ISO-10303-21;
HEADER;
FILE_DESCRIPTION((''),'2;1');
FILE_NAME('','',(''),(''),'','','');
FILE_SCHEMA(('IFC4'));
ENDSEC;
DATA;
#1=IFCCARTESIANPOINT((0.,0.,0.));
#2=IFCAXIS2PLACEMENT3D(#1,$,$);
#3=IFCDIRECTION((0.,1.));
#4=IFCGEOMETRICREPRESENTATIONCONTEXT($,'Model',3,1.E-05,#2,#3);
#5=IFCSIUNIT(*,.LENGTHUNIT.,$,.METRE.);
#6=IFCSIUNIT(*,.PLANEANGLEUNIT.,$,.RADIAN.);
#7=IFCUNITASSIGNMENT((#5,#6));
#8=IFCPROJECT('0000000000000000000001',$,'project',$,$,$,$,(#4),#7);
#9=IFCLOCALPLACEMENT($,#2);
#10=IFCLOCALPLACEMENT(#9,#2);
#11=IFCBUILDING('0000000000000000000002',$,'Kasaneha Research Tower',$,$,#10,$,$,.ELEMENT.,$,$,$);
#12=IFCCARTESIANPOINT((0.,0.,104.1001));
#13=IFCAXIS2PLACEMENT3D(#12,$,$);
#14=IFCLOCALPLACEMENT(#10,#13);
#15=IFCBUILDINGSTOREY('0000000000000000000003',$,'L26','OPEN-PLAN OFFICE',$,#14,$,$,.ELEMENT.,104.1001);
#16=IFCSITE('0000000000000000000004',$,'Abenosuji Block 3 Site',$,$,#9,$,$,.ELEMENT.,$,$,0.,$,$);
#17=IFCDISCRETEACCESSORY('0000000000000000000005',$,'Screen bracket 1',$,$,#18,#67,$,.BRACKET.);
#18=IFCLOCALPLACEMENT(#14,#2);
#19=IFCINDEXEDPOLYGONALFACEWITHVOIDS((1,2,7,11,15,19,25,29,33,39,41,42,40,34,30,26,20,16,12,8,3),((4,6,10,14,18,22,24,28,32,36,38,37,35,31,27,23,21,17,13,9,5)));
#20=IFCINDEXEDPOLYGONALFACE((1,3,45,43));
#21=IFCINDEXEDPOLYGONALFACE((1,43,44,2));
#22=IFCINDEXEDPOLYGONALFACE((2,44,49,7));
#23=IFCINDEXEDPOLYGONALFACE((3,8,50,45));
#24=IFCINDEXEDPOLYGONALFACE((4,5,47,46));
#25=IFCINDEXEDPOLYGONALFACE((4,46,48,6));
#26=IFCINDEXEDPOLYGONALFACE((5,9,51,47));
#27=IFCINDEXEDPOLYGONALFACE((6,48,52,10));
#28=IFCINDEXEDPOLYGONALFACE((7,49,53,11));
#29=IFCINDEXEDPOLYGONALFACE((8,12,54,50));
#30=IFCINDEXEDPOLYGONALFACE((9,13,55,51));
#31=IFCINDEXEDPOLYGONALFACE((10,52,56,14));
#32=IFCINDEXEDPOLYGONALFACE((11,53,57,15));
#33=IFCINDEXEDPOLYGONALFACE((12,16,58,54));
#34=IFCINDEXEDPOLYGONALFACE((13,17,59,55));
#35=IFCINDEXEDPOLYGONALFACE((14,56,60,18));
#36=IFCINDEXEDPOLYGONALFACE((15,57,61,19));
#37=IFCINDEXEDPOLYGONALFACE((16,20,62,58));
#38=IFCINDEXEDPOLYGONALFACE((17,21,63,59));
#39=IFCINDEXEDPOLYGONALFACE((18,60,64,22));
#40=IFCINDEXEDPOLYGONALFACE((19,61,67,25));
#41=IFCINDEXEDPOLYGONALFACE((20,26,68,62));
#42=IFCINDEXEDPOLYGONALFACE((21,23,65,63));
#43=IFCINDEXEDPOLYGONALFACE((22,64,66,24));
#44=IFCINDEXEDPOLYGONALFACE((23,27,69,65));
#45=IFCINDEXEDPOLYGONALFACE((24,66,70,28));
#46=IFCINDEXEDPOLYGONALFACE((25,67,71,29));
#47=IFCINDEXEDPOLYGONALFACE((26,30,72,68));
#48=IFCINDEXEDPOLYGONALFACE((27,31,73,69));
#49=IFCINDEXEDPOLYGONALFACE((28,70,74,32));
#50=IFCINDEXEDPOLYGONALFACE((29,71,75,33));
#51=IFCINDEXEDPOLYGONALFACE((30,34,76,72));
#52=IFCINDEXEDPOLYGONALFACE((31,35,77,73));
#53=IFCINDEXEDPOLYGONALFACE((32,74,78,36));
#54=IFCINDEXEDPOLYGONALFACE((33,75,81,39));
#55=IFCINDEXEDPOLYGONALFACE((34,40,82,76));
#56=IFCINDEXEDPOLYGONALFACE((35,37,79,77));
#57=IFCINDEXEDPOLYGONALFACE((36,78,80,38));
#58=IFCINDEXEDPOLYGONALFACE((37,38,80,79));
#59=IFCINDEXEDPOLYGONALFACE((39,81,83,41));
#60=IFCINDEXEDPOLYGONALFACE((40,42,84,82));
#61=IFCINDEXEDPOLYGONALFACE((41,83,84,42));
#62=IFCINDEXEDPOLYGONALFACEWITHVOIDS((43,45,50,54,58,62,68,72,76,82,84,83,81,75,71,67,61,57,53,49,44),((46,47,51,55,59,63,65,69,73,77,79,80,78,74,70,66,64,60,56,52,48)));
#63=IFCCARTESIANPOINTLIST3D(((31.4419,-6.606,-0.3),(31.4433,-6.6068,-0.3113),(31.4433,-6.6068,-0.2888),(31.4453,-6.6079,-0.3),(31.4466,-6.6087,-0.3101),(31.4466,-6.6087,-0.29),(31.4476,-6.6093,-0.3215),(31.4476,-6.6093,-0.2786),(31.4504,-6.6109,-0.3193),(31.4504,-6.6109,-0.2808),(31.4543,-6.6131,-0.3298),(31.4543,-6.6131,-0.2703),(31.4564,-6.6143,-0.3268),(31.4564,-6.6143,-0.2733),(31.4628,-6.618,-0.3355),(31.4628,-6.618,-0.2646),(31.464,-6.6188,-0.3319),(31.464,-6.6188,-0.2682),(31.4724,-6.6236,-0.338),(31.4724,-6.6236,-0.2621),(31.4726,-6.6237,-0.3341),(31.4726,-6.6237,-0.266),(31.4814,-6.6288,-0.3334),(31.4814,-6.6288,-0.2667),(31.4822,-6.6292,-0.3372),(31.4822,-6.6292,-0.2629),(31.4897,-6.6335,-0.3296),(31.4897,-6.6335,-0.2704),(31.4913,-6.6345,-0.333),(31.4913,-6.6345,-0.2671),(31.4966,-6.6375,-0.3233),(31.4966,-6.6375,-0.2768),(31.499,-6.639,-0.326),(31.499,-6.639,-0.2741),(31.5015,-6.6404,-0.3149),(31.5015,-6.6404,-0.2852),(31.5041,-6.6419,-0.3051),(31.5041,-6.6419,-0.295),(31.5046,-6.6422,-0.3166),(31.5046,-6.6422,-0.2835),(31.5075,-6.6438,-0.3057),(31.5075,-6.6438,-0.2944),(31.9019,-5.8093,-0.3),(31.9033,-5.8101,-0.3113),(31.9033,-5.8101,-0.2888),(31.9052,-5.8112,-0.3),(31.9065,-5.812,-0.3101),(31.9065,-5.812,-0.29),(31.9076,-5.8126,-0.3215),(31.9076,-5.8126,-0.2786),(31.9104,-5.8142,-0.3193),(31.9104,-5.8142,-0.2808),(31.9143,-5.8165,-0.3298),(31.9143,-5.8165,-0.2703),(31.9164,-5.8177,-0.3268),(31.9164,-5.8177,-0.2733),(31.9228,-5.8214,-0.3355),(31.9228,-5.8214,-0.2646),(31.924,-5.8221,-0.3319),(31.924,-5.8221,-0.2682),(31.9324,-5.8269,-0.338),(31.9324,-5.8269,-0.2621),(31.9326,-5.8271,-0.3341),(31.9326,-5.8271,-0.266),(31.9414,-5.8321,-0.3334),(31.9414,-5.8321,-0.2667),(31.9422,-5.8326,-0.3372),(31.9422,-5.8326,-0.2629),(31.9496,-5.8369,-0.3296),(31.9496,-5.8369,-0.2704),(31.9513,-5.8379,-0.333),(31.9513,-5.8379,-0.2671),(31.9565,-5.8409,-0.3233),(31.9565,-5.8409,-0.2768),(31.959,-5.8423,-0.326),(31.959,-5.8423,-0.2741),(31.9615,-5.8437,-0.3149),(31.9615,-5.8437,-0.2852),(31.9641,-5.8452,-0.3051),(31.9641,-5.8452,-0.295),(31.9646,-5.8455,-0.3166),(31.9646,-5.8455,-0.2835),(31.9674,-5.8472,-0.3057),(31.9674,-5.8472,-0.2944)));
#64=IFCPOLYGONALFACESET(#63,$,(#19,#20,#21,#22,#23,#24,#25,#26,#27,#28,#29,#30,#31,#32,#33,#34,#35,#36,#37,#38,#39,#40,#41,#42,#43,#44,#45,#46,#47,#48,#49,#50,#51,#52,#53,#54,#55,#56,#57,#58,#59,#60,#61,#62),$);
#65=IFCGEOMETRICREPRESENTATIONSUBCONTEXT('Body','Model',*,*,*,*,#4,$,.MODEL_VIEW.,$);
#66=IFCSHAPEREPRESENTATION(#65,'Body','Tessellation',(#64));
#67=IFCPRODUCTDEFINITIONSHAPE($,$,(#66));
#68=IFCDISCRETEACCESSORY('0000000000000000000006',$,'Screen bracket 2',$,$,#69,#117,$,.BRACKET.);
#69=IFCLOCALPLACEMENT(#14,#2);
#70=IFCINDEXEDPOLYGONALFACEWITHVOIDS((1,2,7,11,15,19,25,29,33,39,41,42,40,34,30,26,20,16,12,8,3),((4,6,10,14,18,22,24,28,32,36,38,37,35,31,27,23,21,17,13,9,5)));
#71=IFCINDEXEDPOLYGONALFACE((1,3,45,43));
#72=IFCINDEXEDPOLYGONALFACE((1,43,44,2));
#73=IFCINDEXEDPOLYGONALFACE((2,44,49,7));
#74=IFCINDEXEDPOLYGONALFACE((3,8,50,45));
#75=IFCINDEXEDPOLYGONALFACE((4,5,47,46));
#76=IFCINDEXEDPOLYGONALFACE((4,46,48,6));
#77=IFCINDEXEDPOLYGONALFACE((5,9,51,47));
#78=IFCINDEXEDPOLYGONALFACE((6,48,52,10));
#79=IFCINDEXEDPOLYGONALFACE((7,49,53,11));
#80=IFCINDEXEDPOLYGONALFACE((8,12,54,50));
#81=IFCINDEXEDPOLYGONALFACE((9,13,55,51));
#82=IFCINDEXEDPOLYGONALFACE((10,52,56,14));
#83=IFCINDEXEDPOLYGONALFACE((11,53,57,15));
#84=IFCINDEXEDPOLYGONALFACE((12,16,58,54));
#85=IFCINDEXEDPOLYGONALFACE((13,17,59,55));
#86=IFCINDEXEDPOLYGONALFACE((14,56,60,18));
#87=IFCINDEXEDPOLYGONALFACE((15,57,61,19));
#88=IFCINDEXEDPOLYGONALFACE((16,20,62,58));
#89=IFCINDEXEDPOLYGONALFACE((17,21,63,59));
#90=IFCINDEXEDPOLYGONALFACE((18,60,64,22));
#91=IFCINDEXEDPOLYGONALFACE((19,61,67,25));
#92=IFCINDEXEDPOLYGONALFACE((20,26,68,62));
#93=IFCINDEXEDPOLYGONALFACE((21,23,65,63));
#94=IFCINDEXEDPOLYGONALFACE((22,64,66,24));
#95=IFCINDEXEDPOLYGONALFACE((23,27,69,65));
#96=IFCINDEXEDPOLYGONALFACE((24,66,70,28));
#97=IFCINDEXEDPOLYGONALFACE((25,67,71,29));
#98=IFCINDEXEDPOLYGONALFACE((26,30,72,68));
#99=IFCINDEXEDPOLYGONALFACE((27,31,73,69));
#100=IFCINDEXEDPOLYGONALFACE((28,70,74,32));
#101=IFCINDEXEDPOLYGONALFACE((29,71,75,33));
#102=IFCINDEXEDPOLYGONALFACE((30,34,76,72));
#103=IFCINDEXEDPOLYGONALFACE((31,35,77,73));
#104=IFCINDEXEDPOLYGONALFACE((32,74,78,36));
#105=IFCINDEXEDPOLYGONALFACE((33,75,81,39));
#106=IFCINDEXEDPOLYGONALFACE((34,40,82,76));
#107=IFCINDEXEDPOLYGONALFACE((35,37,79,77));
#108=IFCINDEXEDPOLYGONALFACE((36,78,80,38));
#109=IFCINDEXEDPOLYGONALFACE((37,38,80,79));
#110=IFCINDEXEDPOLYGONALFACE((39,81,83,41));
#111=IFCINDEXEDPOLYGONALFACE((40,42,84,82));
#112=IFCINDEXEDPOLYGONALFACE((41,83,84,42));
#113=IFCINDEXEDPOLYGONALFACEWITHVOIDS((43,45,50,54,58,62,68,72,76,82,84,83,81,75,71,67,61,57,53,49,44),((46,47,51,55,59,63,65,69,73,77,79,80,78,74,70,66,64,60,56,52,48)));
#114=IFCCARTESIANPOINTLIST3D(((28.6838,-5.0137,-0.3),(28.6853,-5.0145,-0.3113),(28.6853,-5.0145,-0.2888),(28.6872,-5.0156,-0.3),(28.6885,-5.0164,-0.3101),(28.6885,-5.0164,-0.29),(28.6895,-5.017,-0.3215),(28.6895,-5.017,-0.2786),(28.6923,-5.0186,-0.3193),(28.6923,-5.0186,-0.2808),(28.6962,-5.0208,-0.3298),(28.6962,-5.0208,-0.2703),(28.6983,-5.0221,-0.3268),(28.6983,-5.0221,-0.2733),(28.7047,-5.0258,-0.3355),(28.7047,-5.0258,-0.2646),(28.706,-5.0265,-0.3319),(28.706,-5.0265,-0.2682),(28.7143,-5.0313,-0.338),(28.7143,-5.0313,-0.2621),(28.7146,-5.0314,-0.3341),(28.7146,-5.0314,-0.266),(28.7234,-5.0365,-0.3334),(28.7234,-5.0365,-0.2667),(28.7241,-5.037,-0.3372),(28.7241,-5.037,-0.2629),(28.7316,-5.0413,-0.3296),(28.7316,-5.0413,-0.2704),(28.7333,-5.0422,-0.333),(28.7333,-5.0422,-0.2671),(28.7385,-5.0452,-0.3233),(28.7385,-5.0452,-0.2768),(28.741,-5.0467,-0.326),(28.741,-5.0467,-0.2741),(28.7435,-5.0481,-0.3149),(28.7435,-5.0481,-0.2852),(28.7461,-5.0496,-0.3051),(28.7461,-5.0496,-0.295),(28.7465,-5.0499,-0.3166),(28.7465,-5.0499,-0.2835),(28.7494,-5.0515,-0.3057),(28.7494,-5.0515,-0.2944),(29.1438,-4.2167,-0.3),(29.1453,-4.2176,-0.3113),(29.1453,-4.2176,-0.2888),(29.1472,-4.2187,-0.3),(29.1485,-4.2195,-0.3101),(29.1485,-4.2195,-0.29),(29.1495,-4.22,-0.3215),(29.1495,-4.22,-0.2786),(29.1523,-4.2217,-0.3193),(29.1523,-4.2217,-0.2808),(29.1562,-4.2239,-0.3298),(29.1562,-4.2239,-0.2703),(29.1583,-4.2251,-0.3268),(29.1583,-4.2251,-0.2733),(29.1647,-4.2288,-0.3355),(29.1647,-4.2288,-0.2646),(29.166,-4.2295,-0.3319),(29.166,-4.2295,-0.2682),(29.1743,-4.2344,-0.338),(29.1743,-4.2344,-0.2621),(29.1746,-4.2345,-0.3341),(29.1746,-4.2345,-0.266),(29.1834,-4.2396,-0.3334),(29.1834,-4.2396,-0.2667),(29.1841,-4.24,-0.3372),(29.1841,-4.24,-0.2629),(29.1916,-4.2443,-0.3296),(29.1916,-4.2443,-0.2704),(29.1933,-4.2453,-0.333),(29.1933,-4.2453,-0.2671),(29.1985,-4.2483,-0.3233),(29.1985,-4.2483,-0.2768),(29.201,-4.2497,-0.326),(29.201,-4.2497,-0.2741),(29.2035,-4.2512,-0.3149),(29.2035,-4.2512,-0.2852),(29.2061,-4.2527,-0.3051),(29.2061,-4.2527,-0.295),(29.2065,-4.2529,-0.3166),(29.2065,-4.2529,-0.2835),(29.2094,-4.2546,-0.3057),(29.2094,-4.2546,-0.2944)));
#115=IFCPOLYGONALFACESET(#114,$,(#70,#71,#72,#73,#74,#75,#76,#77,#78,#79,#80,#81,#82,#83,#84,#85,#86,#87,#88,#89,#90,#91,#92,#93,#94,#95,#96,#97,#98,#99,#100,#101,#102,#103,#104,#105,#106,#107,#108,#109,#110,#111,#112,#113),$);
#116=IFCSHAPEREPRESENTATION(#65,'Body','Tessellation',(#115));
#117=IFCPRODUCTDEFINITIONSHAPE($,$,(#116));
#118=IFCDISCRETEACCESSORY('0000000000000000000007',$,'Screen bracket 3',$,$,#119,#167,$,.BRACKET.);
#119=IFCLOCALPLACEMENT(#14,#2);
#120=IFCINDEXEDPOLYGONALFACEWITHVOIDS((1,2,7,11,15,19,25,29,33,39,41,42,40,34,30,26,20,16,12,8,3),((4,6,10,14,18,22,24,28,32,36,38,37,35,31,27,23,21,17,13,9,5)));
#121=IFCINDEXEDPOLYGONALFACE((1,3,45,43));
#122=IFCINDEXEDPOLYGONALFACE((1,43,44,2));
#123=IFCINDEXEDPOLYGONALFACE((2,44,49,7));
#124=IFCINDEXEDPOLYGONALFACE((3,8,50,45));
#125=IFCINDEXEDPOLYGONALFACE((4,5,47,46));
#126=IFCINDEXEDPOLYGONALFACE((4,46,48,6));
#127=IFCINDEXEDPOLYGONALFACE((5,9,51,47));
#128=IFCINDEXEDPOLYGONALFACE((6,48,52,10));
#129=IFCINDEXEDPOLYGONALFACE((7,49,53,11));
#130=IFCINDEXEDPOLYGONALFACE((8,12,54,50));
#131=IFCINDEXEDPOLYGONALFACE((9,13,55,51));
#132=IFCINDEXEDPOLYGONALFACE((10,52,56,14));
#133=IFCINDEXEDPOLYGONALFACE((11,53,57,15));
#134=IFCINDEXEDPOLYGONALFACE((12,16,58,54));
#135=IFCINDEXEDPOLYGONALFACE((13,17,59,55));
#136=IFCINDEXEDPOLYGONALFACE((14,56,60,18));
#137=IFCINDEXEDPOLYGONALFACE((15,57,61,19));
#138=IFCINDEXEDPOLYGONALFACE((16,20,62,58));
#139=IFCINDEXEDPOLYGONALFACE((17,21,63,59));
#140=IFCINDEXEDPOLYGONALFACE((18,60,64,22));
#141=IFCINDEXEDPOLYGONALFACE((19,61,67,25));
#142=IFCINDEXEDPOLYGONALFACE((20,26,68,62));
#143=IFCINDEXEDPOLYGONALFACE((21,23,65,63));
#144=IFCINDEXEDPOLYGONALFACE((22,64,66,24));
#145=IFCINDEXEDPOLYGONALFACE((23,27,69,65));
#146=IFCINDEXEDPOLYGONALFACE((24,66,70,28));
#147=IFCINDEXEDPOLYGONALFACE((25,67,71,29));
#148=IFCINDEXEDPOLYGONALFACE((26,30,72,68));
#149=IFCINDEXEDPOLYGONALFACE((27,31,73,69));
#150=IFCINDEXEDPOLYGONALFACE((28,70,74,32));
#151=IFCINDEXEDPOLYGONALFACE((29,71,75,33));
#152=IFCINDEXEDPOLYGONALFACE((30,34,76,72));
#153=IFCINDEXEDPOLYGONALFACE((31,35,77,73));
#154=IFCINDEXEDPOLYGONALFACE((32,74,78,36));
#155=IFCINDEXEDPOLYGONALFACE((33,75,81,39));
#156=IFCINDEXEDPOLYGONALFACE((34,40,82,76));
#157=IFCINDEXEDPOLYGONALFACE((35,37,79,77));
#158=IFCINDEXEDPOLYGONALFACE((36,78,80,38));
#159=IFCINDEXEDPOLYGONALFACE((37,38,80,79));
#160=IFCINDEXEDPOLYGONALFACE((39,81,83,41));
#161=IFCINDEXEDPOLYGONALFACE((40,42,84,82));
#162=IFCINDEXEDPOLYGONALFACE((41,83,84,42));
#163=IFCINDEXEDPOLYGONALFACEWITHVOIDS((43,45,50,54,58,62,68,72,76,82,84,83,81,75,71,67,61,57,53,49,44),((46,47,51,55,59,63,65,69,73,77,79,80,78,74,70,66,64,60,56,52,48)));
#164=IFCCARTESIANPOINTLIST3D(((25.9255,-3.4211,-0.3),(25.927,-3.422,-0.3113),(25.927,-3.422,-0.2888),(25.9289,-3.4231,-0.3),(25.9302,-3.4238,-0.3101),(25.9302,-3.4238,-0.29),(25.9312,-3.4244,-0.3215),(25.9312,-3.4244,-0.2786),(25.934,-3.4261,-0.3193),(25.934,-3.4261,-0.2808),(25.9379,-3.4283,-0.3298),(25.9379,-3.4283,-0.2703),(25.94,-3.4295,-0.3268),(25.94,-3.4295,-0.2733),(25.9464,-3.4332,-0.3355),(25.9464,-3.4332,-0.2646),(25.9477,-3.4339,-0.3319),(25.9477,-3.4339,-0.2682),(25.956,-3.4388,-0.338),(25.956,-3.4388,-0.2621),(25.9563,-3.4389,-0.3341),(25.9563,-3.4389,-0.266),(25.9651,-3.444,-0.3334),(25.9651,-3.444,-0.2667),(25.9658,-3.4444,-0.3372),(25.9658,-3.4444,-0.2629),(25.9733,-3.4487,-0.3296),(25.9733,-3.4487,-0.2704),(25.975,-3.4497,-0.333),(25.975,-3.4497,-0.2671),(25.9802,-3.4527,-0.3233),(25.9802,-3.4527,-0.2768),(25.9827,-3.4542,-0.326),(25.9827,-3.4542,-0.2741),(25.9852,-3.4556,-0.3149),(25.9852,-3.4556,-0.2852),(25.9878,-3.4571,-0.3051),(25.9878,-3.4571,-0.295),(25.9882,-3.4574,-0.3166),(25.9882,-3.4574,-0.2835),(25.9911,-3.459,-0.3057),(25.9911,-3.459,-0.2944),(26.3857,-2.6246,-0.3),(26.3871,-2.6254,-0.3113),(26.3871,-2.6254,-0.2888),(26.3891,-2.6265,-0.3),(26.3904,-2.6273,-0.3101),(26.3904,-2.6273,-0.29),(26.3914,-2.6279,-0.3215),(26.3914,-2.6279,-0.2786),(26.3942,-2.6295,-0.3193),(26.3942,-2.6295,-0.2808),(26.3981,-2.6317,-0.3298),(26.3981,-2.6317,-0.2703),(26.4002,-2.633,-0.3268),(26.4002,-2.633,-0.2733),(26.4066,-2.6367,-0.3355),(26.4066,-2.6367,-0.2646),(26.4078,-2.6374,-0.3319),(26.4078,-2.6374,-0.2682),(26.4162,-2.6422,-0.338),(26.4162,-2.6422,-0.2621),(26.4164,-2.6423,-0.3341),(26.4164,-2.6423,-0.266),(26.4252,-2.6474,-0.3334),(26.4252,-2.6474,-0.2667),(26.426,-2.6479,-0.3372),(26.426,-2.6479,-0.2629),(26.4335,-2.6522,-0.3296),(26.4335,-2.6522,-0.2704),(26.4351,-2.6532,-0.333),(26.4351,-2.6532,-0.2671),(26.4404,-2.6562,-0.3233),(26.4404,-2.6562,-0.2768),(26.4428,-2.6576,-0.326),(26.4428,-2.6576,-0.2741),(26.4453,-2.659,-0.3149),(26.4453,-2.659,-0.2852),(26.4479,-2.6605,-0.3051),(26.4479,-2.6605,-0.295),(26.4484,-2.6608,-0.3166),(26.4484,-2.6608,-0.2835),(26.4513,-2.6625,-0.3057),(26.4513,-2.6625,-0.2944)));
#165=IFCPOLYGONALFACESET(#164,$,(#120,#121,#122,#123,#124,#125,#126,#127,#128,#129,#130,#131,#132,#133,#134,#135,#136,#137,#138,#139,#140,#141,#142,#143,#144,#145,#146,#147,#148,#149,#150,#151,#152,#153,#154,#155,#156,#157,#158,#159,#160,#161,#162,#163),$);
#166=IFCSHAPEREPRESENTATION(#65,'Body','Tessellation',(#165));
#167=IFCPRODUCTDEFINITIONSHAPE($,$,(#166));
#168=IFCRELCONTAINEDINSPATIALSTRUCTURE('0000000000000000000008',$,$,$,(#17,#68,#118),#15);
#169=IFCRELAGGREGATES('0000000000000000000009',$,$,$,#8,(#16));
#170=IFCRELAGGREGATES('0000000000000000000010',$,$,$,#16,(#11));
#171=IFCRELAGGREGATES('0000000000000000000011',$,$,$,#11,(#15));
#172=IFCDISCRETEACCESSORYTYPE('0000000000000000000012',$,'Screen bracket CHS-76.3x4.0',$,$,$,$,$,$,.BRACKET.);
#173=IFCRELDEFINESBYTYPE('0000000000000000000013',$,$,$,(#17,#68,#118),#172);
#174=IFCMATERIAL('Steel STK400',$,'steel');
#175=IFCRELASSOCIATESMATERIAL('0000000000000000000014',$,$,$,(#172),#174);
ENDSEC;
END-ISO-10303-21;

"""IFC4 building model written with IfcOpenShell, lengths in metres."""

from ifc_helpers import new_model, si_unit, direction, frame, origin, origin_2d, place, context, subcontext, project, spatial, hollow_circle, extrude, material, material_profile, profile_set, type_object, element, save


model = new_model("IFC4")

# Units and contexts
model_context = context("Model", 3, precision=1e-05, world=origin(), true_north=direction((0.0, 1.0)))
body_context = subcontext(model_context, "Body", "Model", "MODEL_VIEW")
ifc_project = project(units=[si_unit("LENGTHUNIT", "METRE"), si_unit("PLANEANGLEUNIT", "RADIAN")], contexts=[model_context])

# Site, building, storey
site_placement = place(None, origin())
site = spatial("IfcSite", under=ifc_project, at=site_placement, Name="Abenosuji Block 3 Site", CompositionType="ELEMENT", RefElevation=0.0)
building_placement = place(site_placement, origin())
building = spatial("IfcBuilding", under=site, at=building_placement, Name="Kasaneha Research Tower", CompositionType="ELEMENT")
storey_placement = place(building_placement, frame((0.0, 0.0, 104.1001)))
storey = spatial("IfcBuildingStorey", under=building, at=storey_placement, Name="L26", Description="OPEN-PLAN OFFICE", CompositionType="ELEMENT", Elevation=104.1001)

# Discrete accessories
ifc_material_1 = material(Name="Steel STK400", Category="steel")
ifc_material_profile_1 = material_profile(ifc_material_1, hollow_circle(Radius=0.0381, WallThickness=0.0039, at=origin_2d()), Name="CHS-76.3x4.0")
ifc_profile_set_1 = profile_set([ifc_material_profile_1], Name="Steel STK400")
discrete_accessory_type = type_object("IfcDiscreteAccessoryType", Name="Screen bracket CHS-76.3x4.0", PredefinedType="BRACKET", material=ifc_profile_set_1)
discrete_accessory_1_placement = place(storey_placement, frame((31.4749, -6.625, -0.3), z_axis=(0.500021, 0.866013, 0.0), x_axis=(-0.866013, 0.500021, 0.0)))
element("IfcDiscreteAccessory", 1, at=discrete_accessory_1_placement, inside=storey, type_object=discrete_accessory_type, Name="Screen bracket 1", PredefinedType="BRACKET", context=body_context, shape_type="SweptSolid", body=[
    extrude(hollow_circle(Radius=0.0381, WallThickness=0.0039, at=origin_2d()), origin(), (0.0, 0.0, 1.0), 0.9199),
])
discrete_accessory_2_placement = place(storey_placement, frame((28.7168, -5.0327, -0.3), z_axis=(0.499906, 0.86608, 0.0), x_axis=(-0.86608, 0.499906, 0.0)))
element("IfcDiscreteAccessory", 2, at=discrete_accessory_2_placement, inside=storey, type_object=discrete_accessory_type, Name="Screen bracket 2", PredefinedType="BRACKET", context=body_context, shape_type="SweptSolid", body=[
    extrude(hollow_circle(Radius=0.0381, WallThickness=0.0039, at=origin_2d()), origin(), (0.0, 0.0, 1.0), 0.9202),
])
discrete_accessory_3_placement = place(storey_placement, frame((25.9585, -3.4402, -0.3), z_axis=(0.50022, 0.865898, 0.0), x_axis=(-0.865898, 0.50022, 0.0)))
element("IfcDiscreteAccessory", 3, at=discrete_accessory_3_placement, inside=storey, type_object=discrete_accessory_type, Name="Screen bracket 3", PredefinedType="BRACKET", context=body_context, shape_type="SweptSolid", body=[
    extrude(hollow_circle(Radius=0.0381, WallThickness=0.0039, at=origin_2d()), origin(), (0.0, 0.0, 1.0), 0.9199),
])

save(model, "model.ifc")
